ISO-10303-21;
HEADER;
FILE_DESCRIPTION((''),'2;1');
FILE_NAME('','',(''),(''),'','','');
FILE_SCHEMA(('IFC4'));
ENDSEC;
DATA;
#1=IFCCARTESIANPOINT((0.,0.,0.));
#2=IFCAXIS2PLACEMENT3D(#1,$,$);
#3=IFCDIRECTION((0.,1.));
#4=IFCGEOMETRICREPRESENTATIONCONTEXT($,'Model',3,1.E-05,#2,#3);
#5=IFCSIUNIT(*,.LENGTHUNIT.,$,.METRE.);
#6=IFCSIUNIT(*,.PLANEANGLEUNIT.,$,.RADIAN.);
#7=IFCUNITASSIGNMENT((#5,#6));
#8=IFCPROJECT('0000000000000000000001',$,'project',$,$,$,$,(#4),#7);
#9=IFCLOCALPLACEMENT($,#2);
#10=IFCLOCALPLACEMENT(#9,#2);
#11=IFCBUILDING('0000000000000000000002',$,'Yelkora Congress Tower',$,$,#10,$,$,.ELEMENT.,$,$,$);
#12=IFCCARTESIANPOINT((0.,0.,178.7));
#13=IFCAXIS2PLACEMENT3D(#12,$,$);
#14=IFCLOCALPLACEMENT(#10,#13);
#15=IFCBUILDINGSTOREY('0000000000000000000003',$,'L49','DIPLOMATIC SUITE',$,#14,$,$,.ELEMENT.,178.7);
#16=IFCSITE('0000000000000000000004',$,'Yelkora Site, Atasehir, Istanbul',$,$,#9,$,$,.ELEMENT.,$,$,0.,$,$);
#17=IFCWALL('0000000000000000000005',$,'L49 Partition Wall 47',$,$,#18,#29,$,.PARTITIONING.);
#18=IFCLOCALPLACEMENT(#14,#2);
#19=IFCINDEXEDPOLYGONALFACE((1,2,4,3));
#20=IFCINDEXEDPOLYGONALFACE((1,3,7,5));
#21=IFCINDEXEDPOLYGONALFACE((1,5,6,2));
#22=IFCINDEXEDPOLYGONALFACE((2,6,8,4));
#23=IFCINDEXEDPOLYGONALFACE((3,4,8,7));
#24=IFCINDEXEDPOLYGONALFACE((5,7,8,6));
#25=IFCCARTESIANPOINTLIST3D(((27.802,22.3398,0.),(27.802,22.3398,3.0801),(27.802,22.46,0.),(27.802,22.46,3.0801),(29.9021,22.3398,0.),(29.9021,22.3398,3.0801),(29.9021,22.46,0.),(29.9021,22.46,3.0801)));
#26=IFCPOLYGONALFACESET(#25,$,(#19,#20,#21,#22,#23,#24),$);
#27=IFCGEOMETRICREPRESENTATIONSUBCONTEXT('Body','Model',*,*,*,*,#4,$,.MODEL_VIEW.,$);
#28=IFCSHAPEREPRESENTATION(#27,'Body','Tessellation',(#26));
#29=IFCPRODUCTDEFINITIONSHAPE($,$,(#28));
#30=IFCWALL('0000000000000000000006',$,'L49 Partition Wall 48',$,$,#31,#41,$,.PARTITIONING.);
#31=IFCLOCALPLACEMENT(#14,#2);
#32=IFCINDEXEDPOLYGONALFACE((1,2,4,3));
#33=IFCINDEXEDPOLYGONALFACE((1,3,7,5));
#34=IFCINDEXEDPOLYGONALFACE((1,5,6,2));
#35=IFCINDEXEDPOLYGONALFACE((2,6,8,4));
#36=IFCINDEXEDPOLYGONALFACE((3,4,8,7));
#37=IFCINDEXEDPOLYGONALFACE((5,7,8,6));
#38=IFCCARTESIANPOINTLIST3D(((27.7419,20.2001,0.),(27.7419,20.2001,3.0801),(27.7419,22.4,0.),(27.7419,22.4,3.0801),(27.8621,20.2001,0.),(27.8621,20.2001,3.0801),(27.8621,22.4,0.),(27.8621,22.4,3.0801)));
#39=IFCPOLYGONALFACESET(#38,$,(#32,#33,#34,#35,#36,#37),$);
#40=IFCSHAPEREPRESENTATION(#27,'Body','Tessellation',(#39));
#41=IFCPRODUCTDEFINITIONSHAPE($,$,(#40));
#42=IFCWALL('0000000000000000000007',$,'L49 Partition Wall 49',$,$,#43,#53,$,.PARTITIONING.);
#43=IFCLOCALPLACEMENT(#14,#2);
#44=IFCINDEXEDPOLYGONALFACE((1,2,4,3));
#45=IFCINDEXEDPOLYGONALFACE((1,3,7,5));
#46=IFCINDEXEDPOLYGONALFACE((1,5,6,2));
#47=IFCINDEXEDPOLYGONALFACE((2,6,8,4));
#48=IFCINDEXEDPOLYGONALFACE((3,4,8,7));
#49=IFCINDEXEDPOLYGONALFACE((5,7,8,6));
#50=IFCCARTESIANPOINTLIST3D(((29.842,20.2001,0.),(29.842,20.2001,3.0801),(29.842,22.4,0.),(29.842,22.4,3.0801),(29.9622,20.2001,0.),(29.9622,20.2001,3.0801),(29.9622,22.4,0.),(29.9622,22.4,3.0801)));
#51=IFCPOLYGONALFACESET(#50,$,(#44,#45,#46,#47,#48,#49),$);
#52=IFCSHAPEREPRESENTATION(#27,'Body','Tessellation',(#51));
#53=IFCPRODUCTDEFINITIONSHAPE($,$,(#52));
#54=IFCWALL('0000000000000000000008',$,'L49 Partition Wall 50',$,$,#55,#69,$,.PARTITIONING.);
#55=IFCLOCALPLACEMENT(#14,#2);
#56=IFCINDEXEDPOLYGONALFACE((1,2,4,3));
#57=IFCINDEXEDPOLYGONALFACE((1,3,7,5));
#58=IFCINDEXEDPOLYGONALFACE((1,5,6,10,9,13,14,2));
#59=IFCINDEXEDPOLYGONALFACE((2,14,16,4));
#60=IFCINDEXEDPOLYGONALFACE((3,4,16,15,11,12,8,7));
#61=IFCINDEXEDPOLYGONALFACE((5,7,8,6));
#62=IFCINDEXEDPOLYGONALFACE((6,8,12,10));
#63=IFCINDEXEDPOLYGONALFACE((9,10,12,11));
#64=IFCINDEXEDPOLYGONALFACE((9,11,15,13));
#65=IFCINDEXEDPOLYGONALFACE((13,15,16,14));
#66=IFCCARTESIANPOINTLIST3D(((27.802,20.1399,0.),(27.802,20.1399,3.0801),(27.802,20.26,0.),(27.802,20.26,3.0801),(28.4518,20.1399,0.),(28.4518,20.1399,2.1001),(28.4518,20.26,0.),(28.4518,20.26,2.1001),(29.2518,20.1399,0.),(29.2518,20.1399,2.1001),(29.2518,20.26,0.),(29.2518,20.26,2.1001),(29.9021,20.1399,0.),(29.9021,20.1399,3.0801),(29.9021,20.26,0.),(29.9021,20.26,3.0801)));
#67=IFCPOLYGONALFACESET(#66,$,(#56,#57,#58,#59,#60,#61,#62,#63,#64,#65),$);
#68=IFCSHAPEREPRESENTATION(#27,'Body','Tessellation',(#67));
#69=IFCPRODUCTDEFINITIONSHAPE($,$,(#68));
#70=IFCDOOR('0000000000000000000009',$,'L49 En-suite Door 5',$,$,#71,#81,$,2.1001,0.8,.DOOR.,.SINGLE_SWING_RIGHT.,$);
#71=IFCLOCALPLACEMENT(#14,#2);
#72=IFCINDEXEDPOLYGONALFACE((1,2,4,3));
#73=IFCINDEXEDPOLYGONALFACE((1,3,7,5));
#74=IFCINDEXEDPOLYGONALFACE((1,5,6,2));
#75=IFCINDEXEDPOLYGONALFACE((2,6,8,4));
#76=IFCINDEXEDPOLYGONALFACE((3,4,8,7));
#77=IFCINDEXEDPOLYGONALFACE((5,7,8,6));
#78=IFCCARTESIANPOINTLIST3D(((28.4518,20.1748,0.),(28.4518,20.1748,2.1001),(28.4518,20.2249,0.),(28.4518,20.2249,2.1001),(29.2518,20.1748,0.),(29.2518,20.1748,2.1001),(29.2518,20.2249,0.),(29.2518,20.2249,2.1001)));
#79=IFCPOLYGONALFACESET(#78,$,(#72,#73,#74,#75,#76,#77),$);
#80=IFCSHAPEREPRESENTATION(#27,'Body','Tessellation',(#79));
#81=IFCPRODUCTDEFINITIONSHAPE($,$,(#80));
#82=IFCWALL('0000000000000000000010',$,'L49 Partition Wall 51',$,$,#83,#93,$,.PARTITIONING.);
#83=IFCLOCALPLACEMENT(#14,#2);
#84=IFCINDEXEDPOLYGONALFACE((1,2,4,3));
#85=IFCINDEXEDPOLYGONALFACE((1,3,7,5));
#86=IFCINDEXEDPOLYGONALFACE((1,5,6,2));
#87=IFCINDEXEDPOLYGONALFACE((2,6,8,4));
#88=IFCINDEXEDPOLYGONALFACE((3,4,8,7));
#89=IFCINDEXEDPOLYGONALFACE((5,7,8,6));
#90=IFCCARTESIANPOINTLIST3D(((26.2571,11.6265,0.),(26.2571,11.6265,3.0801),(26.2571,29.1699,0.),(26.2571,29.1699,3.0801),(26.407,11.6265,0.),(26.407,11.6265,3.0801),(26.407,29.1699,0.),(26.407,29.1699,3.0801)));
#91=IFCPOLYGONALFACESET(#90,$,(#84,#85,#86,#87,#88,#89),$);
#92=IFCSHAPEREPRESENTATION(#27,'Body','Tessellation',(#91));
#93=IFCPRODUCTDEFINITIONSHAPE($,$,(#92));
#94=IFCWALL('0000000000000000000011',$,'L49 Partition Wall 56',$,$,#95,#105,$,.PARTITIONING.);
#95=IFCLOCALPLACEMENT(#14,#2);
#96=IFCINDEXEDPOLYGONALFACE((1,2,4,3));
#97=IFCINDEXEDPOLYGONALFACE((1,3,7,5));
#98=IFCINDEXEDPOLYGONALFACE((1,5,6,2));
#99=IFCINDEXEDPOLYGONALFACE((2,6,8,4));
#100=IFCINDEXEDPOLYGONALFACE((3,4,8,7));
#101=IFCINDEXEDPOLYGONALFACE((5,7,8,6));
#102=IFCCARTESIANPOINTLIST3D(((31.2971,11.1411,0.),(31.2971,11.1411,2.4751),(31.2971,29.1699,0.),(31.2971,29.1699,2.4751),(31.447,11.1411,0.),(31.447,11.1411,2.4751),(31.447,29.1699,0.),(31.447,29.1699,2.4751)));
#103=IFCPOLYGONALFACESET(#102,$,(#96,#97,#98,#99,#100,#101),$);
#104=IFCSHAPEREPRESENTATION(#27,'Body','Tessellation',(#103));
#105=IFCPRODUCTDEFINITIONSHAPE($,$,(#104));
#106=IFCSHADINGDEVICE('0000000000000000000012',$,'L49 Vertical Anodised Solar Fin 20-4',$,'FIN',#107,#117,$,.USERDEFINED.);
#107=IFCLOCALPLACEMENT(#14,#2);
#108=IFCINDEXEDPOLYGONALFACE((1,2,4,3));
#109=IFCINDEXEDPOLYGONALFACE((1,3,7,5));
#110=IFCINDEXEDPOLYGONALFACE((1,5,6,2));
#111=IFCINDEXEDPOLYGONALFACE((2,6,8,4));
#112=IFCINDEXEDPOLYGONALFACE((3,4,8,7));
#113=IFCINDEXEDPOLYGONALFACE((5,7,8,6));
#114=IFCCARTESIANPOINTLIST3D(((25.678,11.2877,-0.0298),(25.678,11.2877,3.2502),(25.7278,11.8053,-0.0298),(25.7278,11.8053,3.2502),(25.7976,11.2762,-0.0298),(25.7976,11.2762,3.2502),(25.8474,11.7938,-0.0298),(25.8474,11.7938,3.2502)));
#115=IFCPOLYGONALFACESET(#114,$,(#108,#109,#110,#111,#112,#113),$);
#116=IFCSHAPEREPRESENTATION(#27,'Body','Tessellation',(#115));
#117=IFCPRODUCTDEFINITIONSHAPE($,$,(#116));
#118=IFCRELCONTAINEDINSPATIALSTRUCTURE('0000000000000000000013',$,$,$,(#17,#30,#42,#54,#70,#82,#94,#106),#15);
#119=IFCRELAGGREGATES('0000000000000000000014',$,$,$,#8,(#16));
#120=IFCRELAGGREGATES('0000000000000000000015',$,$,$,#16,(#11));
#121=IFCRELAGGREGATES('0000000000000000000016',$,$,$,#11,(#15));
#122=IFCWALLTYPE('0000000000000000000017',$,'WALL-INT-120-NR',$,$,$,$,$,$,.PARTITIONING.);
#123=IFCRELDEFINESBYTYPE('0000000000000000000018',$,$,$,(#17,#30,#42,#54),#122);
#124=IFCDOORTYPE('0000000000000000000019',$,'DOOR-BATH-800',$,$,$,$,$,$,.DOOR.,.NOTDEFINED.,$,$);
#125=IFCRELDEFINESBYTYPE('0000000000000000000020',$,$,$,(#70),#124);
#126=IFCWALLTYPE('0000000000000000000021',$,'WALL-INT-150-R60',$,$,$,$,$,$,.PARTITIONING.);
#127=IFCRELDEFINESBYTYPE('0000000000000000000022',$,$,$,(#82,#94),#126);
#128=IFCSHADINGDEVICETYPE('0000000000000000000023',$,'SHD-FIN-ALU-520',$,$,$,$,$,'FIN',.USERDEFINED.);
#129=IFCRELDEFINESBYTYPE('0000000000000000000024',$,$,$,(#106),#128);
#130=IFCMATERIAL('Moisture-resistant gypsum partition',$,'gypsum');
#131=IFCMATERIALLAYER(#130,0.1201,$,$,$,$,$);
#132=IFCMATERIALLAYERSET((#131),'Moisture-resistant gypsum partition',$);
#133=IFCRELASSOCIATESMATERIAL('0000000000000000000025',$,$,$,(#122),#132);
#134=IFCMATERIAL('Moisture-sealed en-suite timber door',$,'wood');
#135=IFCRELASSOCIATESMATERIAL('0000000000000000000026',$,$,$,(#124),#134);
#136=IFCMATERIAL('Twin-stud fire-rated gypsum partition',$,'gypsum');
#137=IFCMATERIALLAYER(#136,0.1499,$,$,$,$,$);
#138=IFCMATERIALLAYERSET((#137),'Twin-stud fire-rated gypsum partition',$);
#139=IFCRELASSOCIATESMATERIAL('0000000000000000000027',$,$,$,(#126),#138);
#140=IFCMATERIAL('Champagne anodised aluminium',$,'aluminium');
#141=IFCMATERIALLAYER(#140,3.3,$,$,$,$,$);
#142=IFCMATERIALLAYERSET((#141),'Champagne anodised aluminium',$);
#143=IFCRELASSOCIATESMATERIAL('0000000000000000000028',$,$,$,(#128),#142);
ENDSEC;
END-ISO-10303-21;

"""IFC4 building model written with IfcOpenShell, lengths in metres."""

from ifc_helpers import new_model, si_unit, direction, frame, frame_2d, origin, origin_2d, place, context, subcontext, project, spatial, rectangle, extrude, material, layer, layer_set, type_object, element, fill, save


model = new_model("IFC4")

# Units and contexts
model_context = context("Model", 3, precision=1e-05, world=origin(), true_north=direction((0.0, 1.0)))
body_context = subcontext(model_context, "Body", "Model", "MODEL_VIEW")
ifc_project = project(units=[si_unit("LENGTHUNIT", "METRE"), si_unit("PLANEANGLEUNIT", "RADIAN")], contexts=[model_context])

# Site, building, storey
site_placement = place(None, origin())
site = spatial("IfcSite", under=ifc_project, at=site_placement, Name="Yelkora Site, Atasehir, Istanbul", CompositionType="ELEMENT", RefElevation=0.0)
building_placement = place(site_placement, origin())
building = spatial("IfcBuilding", under=site, at=building_placement, Name="Yelkora Congress Tower", CompositionType="ELEMENT")
storey_placement = place(building_placement, frame((0.0, 0.0, 178.7)))
storey = spatial("IfcBuildingStorey", under=building, at=storey_placement, Name="L49", Description="DIPLOMATIC SUITE", CompositionType="ELEMENT", Elevation=178.7)

# Walls
ifc_material_1 = material(Name="Moisture-resistant gypsum partition", Category="gypsum")
ifc_layer_1 = layer(ifc_material_1, 0.1201)
ifc_layer_set_1 = layer_set([ifc_layer_1], Name="Moisture-resistant gypsum partition")
wall_type_1 = type_object("IfcWallType", Name="WALL-INT-120-NR", PredefinedType="PARTITIONING", material=ifc_layer_set_1)
wall_1_placement = place(storey_placement, frame((27.802, 22.3999, 0.0), z_axis=(0.0, 0.0, 1.0), x_axis=(1.0, 0.0, 0.0)))
element("IfcWall", 1, at=wall_1_placement, inside=storey, type_object=wall_type_1, Name="L49 Partition Wall 47", PredefinedType="PARTITIONING", context=body_context, shape_type="SweptSolid", body=[
    extrude(rectangle(XDim=2.1001, YDim=0.1201, at=frame_2d((1.05, 0.0))), origin(), (0.0, 0.0, 1.0), 3.0801),
])
for number, where, z_axis, x_axis, name in (
    (2, (27.802, 20.2, 0.0), (0.0, 0.0, 1.0), (0.0, 1.0, 0.0), "L49 Partition Wall 48"),
    (3, (29.9021, 20.2, 0.0), (0.0, 0.0, 1.0), (0.0, 1.0, 0.0), "L49 Partition Wall 49"),
):
    element("IfcWall", number, at=place(storey_placement, frame(where, z_axis=z_axis, x_axis=x_axis)), inside=storey, type_object=wall_type_1, Name=name, PredefinedType="PARTITIONING", context=body_context, shape_type="SweptSolid", body=[
        extrude(rectangle(XDim=2.2, YDim=0.1201, at=frame_2d((1.1001, 0.0))), origin(), (0.0, 0.0, 1.0), 3.0801),
    ])

# Wall, opening, door
wall_2_placement = place(storey_placement, frame((27.802, 20.2, 0.0), z_axis=(0.0, 0.0, 1.0), x_axis=(1.0, 0.0, 0.0)))
wall_2 = element("IfcWall", 4, at=wall_2_placement, inside=storey, type_object=wall_type_1, Name="L49 Partition Wall 50", PredefinedType="PARTITIONING", context=body_context, shape_type="SweptSolid", body=[
    extrude(rectangle(XDim=2.1001, YDim=0.1201, at=frame_2d((1.05, 0.0))), origin(), (0.0, 0.0, 1.0), 3.0801),
])
opening_placement = place(wall_2_placement, frame((0.6499, 0.0, 0.0)))
opening = element("IfcOpeningElement", 5, at=opening_placement, cuts=wall_2, PredefinedType="OPENING", context=body_context, shape_type="SweptSolid", body=[
    extrude(rectangle(XDim=0.8, YDim=2.1001, at=frame_2d((0.3999, 1.05))), frame((0.0, 0.0701, 0.0), z_axis=(0.0, -1.0, 0.0), x_axis=(1.0, 0.0, 0.0)), (0.0, 0.0, 1.0), 0.1401),
])
ifc_material_2 = material(Name="Moisture-sealed en-suite timber door", Category="wood")
door_type = type_object("IfcDoorType", Name="DOOR-BATH-800", OperationType="NOTDEFINED", PredefinedType="DOOR", material=ifc_material_2)
door_placement = place(opening_placement, origin())
door = element("IfcDoor", 6, at=door_placement, inside=storey, type_object=door_type, Name="L49 En-suite Door 5", OperationType="SINGLE_SWING_RIGHT", OverallHeight=2.1001, OverallWidth=0.8, PredefinedType="DOOR", context=body_context, shape_type="SweptSolid", body=[
    extrude(rectangle(XDim=0.8, YDim=2.1001, at=frame_2d((0.3999, 1.05))), frame((0.0, 0.0249, 0.0), z_axis=(0.0, -1.0, 0.0), x_axis=(1.0, 0.0, 0.0)), (0.0, 0.0, 1.0), 0.05),
])
fill(opening, door)

# Walls
ifc_material_3 = material(Name="Twin-stud fire-rated gypsum partition", Category="gypsum")
ifc_layer_2 = layer(ifc_material_3, 0.1499)
ifc_layer_set_2 = layer_set([ifc_layer_2], Name="Twin-stud fire-rated gypsum partition")
wall_type_2 = type_object("IfcWallType", Name="WALL-INT-150-R60", PredefinedType="PARTITIONING", material=ifc_layer_set_2)
wall_3_placement = place(storey_placement, frame((26.332, 11.6265, 0.0), z_axis=(0.0, 0.0, 1.0), x_axis=(0.0, 1.0, 0.0)))
element("IfcWall", 7, at=wall_3_placement, inside=storey, type_object=wall_type_2, Name="L49 Partition Wall 51", PredefinedType="PARTITIONING", context=body_context, shape_type="SweptSolid", body=[
    extrude(rectangle(XDim=17.5435, YDim=0.1499, at=frame_2d((8.7717, 0.0))), origin(), (0.0, 0.0, 1.0), 3.0801),
])
wall_4_placement = place(storey_placement, frame((31.3721, 11.1411, 0.0), z_axis=(0.0, 0.0, 1.0), x_axis=(0.0, 1.0, 0.0)))
element("IfcWall", 8, at=wall_4_placement, inside=storey, type_object=wall_type_2, Name="L49 Partition Wall 56", PredefinedType="PARTITIONING", context=body_context, shape_type="SweptSolid", body=[
    extrude(rectangle(XDim=18.0288, YDim=0.1499, at=frame_2d((9.0144, 0.0))), origin(), (0.0, 0.0, 1.0), 2.4751),
])

# Shading device
ifc_material_4 = material(Name="Champagne anodised aluminium", Category="aluminium")
ifc_layer_3 = layer(ifc_material_4, 3.3)
ifc_layer_set_3 = layer_set([ifc_layer_3], Name="Champagne anodised aluminium")
shading_device_type = type_object("IfcShadingDeviceType", Name="SHD-FIN-ALU-520", ElementType="FIN", PredefinedType="USERDEFINED", material=ifc_layer_set_3)
shading_device_placement = place(storey_placement, frame((25.7627, 11.5408, -0.0298), z_axis=(0.0, 0.0, 1.0), x_axis=(-0.995396, 0.095846, 0.0)))
element("IfcShadingDevice", 9, at=shading_device_placement, inside=storey, type_object=shading_device_type, Name="L49 Vertical Anodised Solar Fin 20-4", ObjectType="FIN", PredefinedType="USERDEFINED", context=body_context, shape_type="SweptSolid", body=[
    extrude(rectangle(XDim=0.1201, YDim=0.52, at=origin_2d()), origin(), (0.0, 0.0, 1.0), 3.28),
])

save(model, "model.ifc")
